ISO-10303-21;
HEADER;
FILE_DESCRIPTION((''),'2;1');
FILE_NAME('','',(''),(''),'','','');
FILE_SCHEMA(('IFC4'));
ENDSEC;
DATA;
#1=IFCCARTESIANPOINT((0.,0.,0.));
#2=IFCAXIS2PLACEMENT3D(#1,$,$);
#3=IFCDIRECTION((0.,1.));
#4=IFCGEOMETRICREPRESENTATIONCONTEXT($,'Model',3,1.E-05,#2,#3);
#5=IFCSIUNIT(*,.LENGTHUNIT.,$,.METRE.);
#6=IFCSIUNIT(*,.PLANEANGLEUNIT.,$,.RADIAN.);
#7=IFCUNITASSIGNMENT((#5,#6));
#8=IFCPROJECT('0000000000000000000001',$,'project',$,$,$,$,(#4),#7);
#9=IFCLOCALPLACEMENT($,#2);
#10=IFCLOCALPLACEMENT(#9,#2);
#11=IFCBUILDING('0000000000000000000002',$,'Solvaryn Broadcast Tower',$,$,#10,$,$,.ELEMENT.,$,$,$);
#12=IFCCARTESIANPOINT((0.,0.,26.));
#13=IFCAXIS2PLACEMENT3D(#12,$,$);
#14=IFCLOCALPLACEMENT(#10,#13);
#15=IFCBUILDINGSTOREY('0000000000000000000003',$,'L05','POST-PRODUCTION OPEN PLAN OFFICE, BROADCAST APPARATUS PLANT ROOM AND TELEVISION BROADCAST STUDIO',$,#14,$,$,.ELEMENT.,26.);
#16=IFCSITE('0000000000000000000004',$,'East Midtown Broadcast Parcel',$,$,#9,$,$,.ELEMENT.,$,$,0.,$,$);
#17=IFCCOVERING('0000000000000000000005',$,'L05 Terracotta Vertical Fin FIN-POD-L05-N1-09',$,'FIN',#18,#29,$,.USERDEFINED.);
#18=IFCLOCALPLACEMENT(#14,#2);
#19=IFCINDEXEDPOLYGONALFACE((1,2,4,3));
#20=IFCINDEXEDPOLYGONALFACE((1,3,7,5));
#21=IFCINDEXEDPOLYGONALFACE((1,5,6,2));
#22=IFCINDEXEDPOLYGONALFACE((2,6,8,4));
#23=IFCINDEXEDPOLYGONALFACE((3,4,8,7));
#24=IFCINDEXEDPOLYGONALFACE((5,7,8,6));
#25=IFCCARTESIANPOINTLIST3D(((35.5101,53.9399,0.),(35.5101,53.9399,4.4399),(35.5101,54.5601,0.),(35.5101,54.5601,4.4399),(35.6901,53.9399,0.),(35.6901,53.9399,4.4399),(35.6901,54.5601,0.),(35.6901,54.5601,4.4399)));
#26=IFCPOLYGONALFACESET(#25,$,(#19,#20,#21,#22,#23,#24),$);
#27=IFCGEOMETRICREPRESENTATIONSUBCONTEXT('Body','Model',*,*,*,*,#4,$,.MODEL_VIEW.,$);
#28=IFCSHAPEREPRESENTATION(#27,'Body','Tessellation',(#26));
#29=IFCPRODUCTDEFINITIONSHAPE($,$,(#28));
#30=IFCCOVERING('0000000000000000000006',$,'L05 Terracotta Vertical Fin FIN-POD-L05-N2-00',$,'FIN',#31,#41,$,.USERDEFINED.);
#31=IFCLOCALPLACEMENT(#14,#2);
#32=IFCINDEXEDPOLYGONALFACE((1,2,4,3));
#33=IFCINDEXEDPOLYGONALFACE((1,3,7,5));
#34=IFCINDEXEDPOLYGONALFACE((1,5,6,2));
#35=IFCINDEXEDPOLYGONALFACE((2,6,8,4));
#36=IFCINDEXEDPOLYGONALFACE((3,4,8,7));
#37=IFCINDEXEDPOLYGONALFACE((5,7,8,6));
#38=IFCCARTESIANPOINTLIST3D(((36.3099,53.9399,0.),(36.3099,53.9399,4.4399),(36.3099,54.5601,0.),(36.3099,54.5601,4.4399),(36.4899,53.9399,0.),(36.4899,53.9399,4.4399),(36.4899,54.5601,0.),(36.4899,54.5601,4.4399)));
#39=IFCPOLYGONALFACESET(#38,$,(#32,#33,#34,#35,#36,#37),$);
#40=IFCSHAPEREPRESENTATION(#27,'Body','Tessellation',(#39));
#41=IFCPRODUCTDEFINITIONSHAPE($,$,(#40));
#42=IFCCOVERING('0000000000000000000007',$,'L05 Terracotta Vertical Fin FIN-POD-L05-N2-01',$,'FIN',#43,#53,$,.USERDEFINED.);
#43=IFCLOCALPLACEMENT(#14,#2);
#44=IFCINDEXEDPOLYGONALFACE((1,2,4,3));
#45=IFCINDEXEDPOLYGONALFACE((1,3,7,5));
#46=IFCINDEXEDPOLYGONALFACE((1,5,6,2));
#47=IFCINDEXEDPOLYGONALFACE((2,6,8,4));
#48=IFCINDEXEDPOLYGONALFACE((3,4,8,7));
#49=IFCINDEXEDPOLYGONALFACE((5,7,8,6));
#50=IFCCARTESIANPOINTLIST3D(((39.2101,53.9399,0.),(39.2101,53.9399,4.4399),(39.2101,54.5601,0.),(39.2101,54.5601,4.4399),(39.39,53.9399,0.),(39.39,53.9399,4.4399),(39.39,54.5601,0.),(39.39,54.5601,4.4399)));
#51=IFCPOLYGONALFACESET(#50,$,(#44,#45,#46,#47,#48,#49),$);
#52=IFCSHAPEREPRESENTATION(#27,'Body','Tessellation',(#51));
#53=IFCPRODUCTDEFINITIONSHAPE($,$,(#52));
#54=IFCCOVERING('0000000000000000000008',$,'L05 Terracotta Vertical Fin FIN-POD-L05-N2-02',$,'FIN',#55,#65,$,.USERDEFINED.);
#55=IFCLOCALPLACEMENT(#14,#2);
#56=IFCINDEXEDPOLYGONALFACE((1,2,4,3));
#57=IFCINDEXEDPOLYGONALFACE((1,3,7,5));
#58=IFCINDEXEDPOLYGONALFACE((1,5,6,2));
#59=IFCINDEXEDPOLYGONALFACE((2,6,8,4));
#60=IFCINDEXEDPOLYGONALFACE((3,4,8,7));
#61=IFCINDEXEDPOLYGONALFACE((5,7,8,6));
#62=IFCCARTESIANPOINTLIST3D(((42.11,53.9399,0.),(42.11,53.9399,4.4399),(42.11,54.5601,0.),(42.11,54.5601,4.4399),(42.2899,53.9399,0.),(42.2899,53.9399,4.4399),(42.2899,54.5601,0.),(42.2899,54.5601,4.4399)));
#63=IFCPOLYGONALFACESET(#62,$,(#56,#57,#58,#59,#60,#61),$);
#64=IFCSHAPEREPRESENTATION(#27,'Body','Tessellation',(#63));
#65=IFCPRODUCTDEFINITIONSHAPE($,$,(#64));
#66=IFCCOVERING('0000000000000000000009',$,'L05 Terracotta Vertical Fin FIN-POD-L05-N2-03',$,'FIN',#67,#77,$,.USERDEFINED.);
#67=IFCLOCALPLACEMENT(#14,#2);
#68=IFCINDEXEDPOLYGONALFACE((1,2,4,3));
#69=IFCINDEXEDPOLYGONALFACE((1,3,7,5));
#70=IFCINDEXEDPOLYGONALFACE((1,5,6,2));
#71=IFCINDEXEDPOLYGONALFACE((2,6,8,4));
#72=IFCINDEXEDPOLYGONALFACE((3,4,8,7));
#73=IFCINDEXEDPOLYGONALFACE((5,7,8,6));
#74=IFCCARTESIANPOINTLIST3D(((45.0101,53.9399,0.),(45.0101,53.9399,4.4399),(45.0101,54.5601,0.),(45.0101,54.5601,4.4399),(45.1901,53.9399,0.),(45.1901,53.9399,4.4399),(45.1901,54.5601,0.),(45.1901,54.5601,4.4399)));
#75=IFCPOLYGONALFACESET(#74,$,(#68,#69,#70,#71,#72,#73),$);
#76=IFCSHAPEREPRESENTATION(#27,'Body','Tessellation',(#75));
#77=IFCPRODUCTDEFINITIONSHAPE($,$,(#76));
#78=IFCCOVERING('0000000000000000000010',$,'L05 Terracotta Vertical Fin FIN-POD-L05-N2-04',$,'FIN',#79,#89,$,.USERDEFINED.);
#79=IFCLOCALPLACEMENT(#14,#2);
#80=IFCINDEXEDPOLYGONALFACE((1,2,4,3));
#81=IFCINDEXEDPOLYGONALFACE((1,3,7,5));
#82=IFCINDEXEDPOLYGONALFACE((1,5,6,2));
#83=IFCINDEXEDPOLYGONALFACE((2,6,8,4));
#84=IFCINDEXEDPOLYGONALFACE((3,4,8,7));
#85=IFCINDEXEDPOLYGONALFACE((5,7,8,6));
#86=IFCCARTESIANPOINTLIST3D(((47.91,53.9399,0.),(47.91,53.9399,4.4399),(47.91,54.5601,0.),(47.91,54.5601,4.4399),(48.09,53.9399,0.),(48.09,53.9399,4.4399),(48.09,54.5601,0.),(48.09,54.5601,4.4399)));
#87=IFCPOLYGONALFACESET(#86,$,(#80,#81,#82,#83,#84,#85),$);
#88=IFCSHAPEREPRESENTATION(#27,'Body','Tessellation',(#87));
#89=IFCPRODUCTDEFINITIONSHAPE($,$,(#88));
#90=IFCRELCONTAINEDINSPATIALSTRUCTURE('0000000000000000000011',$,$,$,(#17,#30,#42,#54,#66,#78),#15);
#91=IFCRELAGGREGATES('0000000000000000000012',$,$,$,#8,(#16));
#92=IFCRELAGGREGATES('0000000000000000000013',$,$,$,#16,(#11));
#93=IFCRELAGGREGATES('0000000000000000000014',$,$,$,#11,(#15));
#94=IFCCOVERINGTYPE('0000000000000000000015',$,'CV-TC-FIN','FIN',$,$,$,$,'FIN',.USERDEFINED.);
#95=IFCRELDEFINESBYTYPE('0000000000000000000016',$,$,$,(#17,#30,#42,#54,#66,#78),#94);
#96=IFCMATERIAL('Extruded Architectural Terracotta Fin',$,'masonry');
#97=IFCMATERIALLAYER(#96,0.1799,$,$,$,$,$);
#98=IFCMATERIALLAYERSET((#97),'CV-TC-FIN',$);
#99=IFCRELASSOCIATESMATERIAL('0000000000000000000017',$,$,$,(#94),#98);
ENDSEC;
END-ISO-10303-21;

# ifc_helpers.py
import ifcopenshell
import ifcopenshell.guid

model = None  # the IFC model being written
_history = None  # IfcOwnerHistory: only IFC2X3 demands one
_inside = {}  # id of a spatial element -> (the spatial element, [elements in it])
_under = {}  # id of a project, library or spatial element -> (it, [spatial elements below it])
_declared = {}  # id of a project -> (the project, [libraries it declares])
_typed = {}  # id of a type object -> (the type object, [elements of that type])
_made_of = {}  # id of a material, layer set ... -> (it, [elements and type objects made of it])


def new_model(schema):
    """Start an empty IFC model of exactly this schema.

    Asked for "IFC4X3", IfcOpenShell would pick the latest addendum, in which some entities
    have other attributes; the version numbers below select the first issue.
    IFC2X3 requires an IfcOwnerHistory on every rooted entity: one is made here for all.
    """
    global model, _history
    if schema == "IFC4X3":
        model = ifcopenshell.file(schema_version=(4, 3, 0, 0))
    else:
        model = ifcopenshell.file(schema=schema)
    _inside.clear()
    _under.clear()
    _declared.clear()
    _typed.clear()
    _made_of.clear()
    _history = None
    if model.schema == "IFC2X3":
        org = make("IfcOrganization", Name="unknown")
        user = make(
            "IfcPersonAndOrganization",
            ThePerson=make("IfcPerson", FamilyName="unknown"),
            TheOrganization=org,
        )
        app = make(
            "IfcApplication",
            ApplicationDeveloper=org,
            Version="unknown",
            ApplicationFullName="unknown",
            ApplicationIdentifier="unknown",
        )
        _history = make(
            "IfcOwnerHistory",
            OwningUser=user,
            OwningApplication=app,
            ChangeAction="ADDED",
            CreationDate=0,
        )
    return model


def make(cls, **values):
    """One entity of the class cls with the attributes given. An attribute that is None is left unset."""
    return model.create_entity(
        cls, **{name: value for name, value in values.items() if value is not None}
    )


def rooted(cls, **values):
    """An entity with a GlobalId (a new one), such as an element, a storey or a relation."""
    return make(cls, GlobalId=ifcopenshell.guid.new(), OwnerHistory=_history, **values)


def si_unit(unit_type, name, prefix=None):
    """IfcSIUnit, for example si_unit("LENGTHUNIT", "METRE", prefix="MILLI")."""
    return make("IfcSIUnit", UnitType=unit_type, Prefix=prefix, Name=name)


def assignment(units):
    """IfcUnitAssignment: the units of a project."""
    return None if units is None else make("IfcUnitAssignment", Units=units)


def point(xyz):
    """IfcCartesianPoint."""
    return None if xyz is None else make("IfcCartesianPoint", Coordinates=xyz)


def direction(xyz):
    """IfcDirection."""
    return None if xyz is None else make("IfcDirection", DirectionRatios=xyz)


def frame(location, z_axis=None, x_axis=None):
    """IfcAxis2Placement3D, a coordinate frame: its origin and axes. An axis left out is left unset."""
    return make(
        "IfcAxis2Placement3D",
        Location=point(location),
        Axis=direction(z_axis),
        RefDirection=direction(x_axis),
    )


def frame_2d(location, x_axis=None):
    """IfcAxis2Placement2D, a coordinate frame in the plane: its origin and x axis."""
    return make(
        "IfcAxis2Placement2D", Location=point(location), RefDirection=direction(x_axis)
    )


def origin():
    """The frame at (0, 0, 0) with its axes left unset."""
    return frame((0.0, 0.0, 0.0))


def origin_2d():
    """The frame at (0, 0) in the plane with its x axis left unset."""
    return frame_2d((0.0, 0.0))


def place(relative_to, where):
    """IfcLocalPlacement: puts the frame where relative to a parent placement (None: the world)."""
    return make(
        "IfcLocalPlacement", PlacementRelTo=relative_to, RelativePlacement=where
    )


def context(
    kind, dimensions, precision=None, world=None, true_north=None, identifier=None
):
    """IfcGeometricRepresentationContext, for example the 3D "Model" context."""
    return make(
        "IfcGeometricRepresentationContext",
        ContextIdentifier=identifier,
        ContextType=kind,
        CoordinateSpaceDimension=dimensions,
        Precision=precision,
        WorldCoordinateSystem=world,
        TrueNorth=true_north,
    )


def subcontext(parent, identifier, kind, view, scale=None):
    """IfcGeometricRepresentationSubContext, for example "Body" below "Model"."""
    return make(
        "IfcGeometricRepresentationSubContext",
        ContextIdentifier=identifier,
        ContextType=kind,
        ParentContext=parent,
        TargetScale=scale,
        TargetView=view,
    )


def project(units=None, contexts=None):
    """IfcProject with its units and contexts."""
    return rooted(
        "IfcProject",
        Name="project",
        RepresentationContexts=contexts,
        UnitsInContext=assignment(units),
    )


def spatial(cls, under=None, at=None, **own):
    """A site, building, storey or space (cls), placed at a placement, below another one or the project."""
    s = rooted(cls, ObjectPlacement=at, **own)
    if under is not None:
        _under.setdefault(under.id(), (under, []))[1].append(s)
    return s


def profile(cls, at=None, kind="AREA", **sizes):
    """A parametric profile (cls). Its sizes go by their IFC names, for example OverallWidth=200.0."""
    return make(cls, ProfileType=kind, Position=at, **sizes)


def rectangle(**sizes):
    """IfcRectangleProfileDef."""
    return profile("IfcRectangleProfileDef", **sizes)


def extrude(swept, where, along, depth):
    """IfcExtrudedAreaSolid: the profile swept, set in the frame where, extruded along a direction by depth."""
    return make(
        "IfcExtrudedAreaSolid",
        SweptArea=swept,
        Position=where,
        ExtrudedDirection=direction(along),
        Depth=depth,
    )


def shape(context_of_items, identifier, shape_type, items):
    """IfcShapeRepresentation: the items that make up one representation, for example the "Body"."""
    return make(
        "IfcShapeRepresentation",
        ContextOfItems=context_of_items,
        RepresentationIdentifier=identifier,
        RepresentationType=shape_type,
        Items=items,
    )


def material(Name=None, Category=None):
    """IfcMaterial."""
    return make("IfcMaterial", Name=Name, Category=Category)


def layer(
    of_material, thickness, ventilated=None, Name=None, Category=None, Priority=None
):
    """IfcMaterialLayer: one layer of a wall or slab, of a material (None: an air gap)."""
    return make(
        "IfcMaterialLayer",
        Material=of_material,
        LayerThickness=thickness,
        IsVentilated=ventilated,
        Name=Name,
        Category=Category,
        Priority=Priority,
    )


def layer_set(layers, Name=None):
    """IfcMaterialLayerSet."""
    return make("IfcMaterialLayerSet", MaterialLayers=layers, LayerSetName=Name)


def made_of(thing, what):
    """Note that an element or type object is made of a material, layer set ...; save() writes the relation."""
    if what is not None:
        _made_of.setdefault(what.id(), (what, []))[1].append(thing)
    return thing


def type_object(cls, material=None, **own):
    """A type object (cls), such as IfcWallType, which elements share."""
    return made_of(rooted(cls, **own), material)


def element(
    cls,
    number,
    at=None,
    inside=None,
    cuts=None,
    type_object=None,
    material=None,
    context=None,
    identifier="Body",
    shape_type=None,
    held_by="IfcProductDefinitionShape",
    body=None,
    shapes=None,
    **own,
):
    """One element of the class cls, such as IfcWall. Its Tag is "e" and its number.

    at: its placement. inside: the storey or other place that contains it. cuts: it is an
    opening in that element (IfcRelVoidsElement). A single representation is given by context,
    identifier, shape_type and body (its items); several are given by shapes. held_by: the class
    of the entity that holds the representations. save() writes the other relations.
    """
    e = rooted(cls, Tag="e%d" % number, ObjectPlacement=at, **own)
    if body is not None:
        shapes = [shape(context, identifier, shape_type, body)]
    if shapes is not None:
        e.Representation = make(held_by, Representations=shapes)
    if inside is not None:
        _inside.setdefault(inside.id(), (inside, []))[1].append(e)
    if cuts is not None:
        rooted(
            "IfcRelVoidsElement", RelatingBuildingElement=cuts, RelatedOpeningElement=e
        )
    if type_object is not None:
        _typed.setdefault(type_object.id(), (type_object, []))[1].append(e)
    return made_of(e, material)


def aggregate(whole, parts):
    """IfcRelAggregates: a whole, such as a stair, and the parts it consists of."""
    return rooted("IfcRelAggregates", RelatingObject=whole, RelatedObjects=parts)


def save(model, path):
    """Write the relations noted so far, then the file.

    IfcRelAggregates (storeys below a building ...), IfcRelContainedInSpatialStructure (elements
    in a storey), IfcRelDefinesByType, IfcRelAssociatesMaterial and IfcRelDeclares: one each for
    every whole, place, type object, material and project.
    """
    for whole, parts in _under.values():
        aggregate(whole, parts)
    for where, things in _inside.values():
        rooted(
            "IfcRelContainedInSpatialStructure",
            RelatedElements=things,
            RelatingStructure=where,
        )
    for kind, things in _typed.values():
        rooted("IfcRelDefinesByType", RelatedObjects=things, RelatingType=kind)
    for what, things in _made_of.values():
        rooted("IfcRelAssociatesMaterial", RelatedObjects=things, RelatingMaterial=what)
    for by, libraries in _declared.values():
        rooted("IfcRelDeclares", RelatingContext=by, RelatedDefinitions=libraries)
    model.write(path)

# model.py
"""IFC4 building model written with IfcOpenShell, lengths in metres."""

from ifc_helpers import new_model, si_unit, direction, frame, origin, origin_2d, place, context, subcontext, project, spatial, rectangle, extrude, material, layer, layer_set, type_object, element, save


model = new_model("IFC4")

# Units and contexts
model_context = context("Model", 3, precision=1e-05, world=origin(), true_north=direction((0.0, 1.0)))
body_context = subcontext(model_context, "Body", "Model", "MODEL_VIEW")
ifc_project = project(units=[si_unit("LENGTHUNIT", "METRE"), si_unit("PLANEANGLEUNIT", "RADIAN")], contexts=[model_context])

# Site, building, storey
site_placement = place(None, origin())
site = spatial("IfcSite", under=ifc_project, at=site_placement, Name="East Midtown Broadcast Parcel", CompositionType="ELEMENT", RefElevation=0.0)
building_placement = place(site_placement, origin())
building = spatial("IfcBuilding", under=site, at=building_placement, Name="Solvaryn Broadcast Tower", CompositionType="ELEMENT")
storey_placement = place(building_placement, frame((0.0, 0.0, 26.0)))
storey = spatial("IfcBuildingStorey", under=building, at=storey_placement, Name="L05", Description="POST-PRODUCTION OPEN PLAN OFFICE, BROADCAST APPARATUS PLANT ROOM AND TELEVISION BROADCAST STUDIO", CompositionType="ELEMENT", Elevation=26.0)

# Coverings
ifc_material_1 = material(Name="Extruded Architectural Terracotta Fin", Category="masonry")
ifc_layer_1 = layer(ifc_material_1, 0.1799)
ifc_layer_set_1 = layer_set([ifc_layer_1], Name="CV-TC-FIN")
covering_type = type_object("IfcCoveringType", Name="CV-TC-FIN", Description="FIN", ElementType="FIN", PredefinedType="USERDEFINED", material=ifc_layer_set_1)
for number, where, z_axis, x_axis, name in (
    (1, (35.6001, 54.25, 0.0), (0.0, 0.0, 1.0), (1.0, 0.0, 0.0), "L05 Terracotta Vertical Fin FIN-POD-L05-N1-09"),
    (2, (36.3999, 54.25, 0.0), (0.0, 0.0, 1.0), (1.0, 0.0, 0.0), "L05 Terracotta Vertical Fin FIN-POD-L05-N2-00"),
    (3, (39.3, 54.25, 0.0), (0.0, 0.0, 1.0), (1.0, 0.0, 0.0), "L05 Terracotta Vertical Fin FIN-POD-L05-N2-01"),
    (4, (42.2, 54.25, 0.0), (0.0, 0.0, 1.0), (1.0, 0.0, 0.0), "L05 Terracotta Vertical Fin FIN-POD-L05-N2-02"),
    (5, (45.1001, 54.25, 0.0), (0.0, 0.0, 1.0), (1.0, 0.0, 0.0), "L05 Terracotta Vertical Fin FIN-POD-L05-N2-03"),
    (6, (48.0, 54.25, 0.0), (0.0, 0.0, 1.0), (1.0, 0.0, 0.0), "L05 Terracotta Vertical Fin FIN-POD-L05-N2-04"),
):
    element("IfcCovering", number, at=place(storey_placement, frame(where, z_axis=z_axis, x_axis=x_axis)), inside=storey, type_object=covering_type, Name=name, ObjectType="FIN", PredefinedType="USERDEFINED", context=body_context, shape_type="SweptSolid", body=[
        extrude(rectangle(XDim=0.1799, YDim=0.6201, at=origin_2d()), origin(), (0.0, 0.0, 1.0), 4.4399),
    ])

save(model, "model.ifc")
